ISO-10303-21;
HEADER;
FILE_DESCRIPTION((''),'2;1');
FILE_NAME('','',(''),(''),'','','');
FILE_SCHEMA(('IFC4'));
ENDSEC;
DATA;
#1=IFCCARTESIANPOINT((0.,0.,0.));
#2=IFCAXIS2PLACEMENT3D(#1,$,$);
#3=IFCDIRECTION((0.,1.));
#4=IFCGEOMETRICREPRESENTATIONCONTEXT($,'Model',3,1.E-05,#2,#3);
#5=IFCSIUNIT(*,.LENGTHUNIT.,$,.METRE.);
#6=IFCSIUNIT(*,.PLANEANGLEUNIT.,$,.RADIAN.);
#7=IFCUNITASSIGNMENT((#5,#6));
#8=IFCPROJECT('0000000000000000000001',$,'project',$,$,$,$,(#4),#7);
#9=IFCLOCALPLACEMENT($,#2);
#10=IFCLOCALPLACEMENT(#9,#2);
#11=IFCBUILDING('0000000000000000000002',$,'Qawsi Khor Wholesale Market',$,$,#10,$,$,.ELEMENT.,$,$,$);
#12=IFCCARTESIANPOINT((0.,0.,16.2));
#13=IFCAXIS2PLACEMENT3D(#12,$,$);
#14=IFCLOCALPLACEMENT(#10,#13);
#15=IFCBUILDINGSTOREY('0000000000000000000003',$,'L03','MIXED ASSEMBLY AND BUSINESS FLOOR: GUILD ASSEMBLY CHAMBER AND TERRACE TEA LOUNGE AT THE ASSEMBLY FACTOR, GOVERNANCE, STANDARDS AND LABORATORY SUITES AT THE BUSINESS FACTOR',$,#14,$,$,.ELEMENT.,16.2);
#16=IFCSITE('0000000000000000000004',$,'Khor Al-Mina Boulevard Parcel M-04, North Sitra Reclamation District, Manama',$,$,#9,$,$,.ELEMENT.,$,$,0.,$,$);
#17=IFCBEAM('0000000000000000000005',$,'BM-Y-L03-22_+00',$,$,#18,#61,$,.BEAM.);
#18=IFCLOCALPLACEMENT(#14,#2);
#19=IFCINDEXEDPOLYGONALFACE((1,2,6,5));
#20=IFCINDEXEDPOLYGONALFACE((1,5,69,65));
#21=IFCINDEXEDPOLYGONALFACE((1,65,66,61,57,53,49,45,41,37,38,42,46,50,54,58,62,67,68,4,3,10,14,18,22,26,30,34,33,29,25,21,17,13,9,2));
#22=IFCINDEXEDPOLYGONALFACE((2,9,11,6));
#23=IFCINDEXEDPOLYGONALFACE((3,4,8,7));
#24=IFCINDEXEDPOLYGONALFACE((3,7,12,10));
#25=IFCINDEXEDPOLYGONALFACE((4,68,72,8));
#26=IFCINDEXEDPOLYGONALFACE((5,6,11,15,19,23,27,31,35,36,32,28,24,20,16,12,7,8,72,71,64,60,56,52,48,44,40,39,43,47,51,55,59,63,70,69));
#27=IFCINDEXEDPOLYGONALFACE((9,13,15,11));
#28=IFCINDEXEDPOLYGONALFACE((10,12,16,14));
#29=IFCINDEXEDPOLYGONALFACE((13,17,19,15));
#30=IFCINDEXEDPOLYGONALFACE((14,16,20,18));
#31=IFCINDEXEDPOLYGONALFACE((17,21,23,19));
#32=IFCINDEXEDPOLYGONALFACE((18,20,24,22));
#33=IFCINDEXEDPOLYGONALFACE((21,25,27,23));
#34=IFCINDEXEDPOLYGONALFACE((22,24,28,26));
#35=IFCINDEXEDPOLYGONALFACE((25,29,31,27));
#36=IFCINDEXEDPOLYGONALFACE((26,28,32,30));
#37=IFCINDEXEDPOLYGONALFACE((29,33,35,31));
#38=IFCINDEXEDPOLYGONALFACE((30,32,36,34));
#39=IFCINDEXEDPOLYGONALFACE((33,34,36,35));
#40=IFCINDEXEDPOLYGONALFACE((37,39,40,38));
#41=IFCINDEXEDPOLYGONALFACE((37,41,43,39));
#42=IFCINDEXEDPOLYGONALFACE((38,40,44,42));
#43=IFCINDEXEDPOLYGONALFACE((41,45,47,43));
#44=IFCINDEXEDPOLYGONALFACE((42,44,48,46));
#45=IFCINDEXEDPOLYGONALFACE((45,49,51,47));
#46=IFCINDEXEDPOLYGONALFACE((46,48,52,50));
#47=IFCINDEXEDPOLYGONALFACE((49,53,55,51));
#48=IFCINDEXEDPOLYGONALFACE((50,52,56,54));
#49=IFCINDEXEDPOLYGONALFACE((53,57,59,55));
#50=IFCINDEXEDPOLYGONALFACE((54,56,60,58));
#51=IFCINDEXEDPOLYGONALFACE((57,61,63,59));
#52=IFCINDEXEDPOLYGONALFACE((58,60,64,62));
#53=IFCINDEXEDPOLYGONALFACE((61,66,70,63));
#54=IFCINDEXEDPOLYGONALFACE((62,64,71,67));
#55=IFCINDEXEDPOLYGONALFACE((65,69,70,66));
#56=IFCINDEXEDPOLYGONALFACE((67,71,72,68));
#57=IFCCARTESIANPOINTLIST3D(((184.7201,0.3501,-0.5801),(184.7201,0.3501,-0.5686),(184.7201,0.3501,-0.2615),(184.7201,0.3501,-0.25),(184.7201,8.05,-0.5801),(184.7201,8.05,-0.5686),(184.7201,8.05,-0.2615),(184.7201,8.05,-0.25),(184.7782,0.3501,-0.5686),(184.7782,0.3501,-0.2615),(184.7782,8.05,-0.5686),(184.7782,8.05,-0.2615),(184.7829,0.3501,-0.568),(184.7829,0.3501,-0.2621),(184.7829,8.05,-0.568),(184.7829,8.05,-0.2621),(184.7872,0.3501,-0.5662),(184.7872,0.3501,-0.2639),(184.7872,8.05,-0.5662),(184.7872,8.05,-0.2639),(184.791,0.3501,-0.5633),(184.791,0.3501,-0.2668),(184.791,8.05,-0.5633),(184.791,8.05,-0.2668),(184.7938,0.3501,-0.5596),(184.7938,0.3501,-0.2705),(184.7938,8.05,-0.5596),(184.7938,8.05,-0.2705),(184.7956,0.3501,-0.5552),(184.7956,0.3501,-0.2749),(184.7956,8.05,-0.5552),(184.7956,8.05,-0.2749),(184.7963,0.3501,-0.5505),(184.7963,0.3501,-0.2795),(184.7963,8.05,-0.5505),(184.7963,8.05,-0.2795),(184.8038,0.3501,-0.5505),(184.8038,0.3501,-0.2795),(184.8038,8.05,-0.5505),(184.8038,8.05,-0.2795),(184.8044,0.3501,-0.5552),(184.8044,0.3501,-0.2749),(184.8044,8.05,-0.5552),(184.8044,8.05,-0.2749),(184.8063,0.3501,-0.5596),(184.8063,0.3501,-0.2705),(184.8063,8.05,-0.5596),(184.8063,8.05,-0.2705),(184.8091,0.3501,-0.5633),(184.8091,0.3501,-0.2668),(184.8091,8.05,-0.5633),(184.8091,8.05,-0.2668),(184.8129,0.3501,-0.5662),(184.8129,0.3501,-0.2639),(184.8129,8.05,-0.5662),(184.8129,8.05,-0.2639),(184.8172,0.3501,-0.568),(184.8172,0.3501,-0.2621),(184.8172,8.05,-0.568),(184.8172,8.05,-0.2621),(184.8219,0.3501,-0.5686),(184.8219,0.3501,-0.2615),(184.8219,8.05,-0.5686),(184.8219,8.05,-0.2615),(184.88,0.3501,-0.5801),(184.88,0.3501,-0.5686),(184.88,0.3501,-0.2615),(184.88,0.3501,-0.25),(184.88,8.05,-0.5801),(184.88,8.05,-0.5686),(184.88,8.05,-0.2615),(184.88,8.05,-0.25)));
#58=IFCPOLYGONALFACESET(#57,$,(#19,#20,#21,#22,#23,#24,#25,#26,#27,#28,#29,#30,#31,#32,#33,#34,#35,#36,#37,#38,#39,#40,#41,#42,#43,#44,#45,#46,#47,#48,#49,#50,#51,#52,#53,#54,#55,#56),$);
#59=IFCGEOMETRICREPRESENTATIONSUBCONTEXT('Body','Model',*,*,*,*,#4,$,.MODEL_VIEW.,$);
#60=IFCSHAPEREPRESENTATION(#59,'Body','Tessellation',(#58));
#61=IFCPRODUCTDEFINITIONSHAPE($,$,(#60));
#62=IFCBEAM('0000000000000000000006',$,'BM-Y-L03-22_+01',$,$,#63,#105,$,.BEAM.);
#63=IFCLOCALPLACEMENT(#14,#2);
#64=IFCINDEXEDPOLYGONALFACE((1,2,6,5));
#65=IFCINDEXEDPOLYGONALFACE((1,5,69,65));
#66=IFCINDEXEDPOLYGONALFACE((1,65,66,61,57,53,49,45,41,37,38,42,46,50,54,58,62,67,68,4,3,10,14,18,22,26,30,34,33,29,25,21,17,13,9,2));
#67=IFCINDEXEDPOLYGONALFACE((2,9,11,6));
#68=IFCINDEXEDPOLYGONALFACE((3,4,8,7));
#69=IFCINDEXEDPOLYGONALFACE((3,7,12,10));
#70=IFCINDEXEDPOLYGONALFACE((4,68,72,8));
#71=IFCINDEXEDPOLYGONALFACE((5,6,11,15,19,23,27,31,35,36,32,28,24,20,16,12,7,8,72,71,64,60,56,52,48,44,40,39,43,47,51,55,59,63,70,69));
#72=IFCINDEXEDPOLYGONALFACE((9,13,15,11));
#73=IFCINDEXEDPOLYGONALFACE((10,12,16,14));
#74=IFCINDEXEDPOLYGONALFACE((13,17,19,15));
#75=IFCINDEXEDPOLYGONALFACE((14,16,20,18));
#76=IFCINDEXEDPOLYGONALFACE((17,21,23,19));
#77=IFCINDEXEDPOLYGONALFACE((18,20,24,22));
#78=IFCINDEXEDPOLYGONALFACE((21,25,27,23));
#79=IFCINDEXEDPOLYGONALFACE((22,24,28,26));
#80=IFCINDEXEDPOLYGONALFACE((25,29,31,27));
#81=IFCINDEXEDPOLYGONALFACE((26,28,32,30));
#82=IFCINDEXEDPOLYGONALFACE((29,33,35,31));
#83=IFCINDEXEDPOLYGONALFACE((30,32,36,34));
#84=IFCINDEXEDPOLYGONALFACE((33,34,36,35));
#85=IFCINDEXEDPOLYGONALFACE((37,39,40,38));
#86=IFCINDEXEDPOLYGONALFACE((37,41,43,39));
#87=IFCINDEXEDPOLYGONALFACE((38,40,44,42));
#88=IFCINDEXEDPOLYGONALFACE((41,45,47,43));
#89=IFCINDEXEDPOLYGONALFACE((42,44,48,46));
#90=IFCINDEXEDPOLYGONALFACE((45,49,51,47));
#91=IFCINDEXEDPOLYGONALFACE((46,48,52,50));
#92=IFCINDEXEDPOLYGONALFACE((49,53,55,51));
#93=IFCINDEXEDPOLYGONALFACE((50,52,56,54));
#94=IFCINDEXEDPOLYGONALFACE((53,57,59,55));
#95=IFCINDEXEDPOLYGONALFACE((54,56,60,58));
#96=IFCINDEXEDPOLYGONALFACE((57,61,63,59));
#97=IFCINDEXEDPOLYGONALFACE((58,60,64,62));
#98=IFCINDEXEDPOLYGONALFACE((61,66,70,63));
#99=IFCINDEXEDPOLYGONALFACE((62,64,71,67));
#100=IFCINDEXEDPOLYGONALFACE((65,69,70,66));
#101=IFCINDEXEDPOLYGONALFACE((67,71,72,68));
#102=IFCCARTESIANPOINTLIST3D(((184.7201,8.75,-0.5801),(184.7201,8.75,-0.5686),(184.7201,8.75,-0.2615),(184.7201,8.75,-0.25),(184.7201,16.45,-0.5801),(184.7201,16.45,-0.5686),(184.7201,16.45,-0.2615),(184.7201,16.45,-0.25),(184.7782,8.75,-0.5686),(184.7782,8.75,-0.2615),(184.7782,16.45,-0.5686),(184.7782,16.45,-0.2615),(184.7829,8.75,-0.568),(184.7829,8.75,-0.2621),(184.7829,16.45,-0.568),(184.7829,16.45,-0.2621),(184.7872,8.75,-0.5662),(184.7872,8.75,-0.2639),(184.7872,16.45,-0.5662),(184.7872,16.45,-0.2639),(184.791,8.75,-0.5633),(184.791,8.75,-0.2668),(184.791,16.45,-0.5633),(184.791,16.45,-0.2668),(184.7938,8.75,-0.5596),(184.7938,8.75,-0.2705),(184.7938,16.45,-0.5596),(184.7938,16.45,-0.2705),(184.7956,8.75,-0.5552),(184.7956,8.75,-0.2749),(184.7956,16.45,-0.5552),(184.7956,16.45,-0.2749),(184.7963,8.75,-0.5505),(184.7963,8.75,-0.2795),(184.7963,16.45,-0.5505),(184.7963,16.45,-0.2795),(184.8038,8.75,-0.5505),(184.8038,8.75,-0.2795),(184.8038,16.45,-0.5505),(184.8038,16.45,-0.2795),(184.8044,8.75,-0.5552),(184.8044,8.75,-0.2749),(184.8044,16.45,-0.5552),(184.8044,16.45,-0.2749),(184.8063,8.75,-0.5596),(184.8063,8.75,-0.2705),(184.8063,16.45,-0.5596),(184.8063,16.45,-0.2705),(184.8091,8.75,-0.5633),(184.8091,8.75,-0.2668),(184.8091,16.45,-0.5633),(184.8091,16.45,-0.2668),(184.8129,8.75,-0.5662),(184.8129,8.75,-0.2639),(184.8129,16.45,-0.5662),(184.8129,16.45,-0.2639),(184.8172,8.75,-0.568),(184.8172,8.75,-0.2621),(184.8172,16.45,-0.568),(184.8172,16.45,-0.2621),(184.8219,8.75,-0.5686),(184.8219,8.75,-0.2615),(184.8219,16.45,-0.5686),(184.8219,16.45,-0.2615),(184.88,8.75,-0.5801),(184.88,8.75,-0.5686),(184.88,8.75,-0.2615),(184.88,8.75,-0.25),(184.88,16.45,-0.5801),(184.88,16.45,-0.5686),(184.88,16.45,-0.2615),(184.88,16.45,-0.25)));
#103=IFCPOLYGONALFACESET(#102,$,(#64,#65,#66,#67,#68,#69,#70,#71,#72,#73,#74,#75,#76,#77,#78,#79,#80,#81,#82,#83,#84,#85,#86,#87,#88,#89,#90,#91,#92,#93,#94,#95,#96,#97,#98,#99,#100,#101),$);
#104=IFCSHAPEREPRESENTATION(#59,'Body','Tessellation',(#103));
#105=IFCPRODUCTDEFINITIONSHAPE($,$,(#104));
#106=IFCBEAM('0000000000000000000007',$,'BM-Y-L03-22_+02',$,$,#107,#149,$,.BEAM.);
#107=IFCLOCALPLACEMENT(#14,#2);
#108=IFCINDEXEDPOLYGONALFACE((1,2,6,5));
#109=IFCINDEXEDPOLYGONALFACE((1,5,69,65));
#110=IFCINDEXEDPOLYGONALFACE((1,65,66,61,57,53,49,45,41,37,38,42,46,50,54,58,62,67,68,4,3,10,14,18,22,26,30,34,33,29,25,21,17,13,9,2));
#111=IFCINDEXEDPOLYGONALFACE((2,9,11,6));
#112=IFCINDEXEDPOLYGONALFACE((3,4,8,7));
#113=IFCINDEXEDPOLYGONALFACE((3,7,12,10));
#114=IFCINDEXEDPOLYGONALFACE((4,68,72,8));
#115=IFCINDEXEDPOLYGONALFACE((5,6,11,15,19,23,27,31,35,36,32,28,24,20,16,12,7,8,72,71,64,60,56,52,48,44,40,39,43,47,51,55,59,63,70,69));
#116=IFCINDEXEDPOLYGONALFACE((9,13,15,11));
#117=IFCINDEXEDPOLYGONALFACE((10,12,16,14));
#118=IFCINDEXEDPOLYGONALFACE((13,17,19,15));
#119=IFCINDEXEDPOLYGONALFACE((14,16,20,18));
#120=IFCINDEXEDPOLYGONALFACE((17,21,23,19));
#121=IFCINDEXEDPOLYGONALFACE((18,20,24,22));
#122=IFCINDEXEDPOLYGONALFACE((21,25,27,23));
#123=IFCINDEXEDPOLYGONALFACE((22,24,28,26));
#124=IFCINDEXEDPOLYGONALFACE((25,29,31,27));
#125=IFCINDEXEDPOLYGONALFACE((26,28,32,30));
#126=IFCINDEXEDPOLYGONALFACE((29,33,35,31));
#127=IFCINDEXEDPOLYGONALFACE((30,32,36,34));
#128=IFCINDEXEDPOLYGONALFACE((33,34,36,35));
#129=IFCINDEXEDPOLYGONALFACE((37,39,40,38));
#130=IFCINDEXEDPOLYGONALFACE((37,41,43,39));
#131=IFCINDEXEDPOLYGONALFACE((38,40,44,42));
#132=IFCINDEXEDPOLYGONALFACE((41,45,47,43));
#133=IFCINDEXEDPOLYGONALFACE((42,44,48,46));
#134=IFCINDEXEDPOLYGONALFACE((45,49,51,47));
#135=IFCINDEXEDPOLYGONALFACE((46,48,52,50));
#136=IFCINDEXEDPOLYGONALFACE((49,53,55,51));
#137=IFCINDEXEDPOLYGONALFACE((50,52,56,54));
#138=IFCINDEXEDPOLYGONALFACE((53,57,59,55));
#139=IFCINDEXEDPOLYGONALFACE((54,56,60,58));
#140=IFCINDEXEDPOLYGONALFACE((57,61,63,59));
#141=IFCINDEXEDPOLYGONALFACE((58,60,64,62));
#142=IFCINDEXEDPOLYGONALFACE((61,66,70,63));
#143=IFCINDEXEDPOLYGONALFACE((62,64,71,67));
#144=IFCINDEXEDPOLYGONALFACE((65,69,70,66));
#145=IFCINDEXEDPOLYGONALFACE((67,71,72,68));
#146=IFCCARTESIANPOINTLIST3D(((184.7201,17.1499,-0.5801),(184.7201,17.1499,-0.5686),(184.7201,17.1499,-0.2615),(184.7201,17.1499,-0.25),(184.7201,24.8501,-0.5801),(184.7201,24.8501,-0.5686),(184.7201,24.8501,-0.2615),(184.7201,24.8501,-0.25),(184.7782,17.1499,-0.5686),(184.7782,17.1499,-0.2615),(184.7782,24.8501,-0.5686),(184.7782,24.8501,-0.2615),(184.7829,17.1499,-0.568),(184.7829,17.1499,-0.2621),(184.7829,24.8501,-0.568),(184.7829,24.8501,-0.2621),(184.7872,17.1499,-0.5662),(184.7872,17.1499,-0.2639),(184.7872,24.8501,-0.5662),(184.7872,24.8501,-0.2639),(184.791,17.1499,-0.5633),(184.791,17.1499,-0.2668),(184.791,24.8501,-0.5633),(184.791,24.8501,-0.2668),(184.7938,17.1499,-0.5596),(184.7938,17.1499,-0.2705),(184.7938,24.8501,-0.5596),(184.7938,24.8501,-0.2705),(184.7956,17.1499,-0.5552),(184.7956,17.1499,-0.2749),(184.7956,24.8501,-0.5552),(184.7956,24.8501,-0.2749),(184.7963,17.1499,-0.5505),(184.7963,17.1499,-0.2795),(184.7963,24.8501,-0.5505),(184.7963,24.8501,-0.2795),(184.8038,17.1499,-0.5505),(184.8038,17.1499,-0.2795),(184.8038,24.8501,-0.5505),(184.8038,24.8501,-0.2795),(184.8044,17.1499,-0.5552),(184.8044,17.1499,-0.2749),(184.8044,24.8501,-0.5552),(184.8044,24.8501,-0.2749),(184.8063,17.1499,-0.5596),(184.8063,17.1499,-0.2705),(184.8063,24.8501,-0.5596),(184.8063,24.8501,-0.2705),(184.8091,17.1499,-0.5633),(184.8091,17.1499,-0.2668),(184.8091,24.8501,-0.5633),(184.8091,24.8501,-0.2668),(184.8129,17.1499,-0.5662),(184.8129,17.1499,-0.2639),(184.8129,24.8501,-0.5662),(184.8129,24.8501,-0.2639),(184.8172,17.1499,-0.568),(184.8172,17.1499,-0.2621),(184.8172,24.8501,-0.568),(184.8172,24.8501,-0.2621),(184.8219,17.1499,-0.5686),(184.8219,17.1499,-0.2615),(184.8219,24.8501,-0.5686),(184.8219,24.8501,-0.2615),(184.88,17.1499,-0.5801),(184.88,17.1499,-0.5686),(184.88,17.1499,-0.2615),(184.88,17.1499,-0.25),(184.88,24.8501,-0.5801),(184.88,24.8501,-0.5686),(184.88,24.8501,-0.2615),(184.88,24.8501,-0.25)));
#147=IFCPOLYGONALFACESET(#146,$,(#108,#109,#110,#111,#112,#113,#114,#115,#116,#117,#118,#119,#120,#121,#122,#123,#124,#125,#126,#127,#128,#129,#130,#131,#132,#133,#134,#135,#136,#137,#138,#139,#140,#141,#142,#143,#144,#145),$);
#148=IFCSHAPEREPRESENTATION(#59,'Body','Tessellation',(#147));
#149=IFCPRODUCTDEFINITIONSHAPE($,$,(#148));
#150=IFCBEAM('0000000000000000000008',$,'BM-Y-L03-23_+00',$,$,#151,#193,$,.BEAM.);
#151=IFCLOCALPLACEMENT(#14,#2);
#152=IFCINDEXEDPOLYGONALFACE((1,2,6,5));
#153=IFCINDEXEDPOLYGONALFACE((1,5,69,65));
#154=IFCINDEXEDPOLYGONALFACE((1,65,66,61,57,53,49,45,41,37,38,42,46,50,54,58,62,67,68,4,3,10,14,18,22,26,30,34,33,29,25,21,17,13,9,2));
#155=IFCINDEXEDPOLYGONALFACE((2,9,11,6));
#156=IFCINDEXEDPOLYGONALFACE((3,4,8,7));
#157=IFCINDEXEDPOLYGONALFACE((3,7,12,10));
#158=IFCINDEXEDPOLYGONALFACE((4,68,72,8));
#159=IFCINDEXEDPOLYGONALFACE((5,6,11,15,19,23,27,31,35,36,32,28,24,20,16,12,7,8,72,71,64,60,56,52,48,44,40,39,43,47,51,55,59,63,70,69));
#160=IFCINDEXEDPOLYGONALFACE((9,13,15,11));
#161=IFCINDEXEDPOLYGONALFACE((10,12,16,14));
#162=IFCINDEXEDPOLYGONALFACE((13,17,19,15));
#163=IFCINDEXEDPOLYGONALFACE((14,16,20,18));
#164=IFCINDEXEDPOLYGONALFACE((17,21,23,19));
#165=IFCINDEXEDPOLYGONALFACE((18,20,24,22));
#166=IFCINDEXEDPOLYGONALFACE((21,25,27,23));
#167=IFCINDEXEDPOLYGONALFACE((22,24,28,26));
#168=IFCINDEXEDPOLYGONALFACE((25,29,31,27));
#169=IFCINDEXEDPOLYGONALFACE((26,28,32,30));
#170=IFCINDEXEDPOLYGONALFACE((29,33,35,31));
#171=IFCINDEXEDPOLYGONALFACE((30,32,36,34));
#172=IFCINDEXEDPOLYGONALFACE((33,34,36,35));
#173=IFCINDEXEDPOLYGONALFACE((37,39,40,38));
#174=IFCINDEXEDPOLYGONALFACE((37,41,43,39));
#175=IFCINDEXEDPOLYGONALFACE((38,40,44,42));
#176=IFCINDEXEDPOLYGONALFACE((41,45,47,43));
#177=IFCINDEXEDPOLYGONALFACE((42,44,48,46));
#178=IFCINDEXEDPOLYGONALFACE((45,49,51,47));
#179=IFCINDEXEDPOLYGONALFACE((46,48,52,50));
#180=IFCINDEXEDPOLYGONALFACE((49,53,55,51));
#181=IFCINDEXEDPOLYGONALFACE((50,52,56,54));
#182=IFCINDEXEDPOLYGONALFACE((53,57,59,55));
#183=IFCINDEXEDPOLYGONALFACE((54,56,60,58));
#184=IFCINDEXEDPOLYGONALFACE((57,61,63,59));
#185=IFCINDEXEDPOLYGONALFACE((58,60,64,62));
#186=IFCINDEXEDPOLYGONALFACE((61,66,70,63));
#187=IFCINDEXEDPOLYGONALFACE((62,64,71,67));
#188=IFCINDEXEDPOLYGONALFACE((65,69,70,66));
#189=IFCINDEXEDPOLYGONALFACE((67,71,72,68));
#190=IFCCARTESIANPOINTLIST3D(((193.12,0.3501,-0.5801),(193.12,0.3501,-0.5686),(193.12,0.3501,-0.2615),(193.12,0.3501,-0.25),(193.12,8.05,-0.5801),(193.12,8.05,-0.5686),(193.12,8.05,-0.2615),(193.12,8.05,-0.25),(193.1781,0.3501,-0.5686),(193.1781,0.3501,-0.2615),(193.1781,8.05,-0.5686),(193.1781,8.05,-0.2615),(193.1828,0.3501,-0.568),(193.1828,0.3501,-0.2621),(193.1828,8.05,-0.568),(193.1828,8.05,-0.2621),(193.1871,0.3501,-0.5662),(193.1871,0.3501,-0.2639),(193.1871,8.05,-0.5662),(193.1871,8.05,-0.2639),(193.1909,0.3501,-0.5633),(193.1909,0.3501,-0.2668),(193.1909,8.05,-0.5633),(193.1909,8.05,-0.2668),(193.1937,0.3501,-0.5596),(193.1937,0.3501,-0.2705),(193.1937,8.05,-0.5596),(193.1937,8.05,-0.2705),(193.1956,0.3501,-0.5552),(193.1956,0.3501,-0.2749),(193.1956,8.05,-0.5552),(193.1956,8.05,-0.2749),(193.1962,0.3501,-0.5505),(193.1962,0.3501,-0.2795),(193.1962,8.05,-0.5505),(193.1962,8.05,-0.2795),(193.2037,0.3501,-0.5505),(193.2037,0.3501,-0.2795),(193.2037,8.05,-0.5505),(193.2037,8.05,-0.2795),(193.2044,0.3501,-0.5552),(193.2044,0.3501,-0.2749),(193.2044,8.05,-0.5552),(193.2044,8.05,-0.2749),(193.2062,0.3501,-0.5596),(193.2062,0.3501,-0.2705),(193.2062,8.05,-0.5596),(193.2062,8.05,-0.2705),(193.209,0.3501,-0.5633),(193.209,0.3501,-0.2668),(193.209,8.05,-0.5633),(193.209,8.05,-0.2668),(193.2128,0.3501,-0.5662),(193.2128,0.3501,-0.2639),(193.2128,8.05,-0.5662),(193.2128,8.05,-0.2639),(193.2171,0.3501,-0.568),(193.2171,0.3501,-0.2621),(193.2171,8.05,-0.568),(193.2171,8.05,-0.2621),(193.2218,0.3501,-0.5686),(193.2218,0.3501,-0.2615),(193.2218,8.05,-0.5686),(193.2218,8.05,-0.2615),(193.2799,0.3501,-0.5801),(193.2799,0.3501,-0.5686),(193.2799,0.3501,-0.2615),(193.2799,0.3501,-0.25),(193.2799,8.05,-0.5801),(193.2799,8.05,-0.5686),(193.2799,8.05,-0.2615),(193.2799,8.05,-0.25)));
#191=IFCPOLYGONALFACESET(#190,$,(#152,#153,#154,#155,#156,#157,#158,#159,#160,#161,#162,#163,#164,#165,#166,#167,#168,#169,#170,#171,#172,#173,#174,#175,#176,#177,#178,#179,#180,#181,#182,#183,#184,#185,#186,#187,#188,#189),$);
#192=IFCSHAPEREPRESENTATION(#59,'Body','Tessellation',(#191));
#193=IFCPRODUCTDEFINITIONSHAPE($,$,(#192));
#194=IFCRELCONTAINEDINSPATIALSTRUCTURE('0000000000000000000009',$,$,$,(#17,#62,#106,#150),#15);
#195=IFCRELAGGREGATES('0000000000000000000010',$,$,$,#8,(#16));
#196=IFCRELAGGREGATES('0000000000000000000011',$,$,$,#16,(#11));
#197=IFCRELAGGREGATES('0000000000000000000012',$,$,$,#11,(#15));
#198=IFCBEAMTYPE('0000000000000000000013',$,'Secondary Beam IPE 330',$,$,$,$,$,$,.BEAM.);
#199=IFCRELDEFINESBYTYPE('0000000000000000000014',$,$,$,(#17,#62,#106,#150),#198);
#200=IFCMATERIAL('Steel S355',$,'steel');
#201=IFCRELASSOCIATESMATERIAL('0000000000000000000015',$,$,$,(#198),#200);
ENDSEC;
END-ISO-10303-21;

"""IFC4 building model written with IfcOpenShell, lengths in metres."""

from ifc_helpers import new_model, si_unit, direction, frame, origin, origin_2d, place, context, subcontext, project, spatial, i_section, extrude, material, material_profile, profile_set, type_object, element, save


model = new_model("IFC4")

# Units and contexts
model_context = context("Model", 3, precision=1e-05, world=origin(), true_north=direction((0.0, 1.0)))
body_context = subcontext(model_context, "Body", "Model", "MODEL_VIEW")
ifc_project = project(units=[si_unit("LENGTHUNIT", "METRE"), si_unit("PLANEANGLEUNIT", "RADIAN")], contexts=[model_context])

# Site, building, storey
site_placement = place(None, origin())
site = spatial("IfcSite", under=ifc_project, at=site_placement, Name="Khor Al-Mina Boulevard Parcel M-04, North Sitra Reclamation District, Manama", CompositionType="ELEMENT", RefElevation=0.0)
building_placement = place(site_placement, origin())
building = spatial("IfcBuilding", under=site, at=building_placement, Name="Qawsi Khor Wholesale Market", CompositionType="ELEMENT")
storey_placement = place(building_placement, frame((0.0, 0.0, 16.2)))
storey = spatial("IfcBuildingStorey", under=building, at=storey_placement, Name="L03", Description="MIXED ASSEMBLY AND BUSINESS FLOOR: GUILD ASSEMBLY CHAMBER AND TERRACE TEA LOUNGE AT THE ASSEMBLY FACTOR, GOVERNANCE, STANDARDS AND LABORATORY SUITES AT THE BUSINESS FACTOR", CompositionType="ELEMENT", Elevation=16.2)

# Shared definitions
ifc_material_1 = material(Name="Steel S355", Category="steel")

# Beams
ifc_material_profile_1 = material_profile(ifc_material_1, i_section(OverallWidth=0.1599, OverallDepth=0.3301, WebThickness=0.0076, FlangeThickness=0.0115, FilletRadius=0.0181, at=origin_2d()), Name="IPE 330")
ifc_profile_set_1 = profile_set([ifc_material_profile_1], Name="Steel S355")
beam_type_1 = type_object("IfcBeamType", Name="Secondary Beam IPE 330", PredefinedType="BEAM", material=ifc_profile_set_1)
for number, where, z_axis, x_axis, name in (
    (1, (184.8, 0.3501, -0.415), (0.0, 1.0, 0.0), (-1.0, 0.0, 0.0), "BM-Y-L03-22_+00"),
    (2, (184.8, 8.75, -0.415), (0.0, 1.0, 0.0), (-1.0, 0.0, 0.0), "BM-Y-L03-22_+01"),
):
    element("IfcBeam", number, at=place(storey_placement, frame(where, z_axis=z_axis, x_axis=x_axis)), inside=storey, type_object=beam_type_1, Name=name, PredefinedType="BEAM", context=body_context, shape_type="SweptSolid", body=[
        extrude(i_section(OverallWidth=0.1599, OverallDepth=0.3301, WebThickness=0.0076, FlangeThickness=0.0115, FilletRadius=0.0181, at=origin_2d()), origin(), (0.0, 0.0, 1.0), 7.7),
    ])
beam_1_placement = place(storey_placement, frame((184.8, 17.1499, -0.415), z_axis=(0.0, 1.0, 0.0), x_axis=(-1.0, 0.0, 0.0)))
element("IfcBeam", 3, at=beam_1_placement, inside=storey, type_object=beam_type_1, Name="BM-Y-L03-22_+02", PredefinedType="BEAM", context=body_context, shape_type="SweptSolid", body=[
    extrude(i_section(OverallWidth=0.1599, OverallDepth=0.3301, WebThickness=0.0076, FlangeThickness=0.0115, FilletRadius=0.0181, at=origin_2d()), origin(), (0.0, 0.0, 1.0), 7.7002),
])
for number, where, z_axis, x_axis, name in (
    (4, (193.2, 0.3501, -0.415), (0.0, 1.0, 0.0), (-1.0, 0.0, 0.0), "BM-Y-L03-23_+00"),
):
    element("IfcBeam", number, at=place(storey_placement, frame(where, z_axis=z_axis, x_axis=x_axis)), inside=storey, type_object=beam_type_1, Name=name, PredefinedType="BEAM", context=body_context, shape_type="SweptSolid", body=[
        extrude(i_section(OverallWidth=0.1599, OverallDepth=0.3301, WebThickness=0.0076, FlangeThickness=0.0115, FilletRadius=0.0181, at=origin_2d()), origin(), (0.0, 0.0, 1.0), 7.7),
    ])

save(model, "model.ifc")
